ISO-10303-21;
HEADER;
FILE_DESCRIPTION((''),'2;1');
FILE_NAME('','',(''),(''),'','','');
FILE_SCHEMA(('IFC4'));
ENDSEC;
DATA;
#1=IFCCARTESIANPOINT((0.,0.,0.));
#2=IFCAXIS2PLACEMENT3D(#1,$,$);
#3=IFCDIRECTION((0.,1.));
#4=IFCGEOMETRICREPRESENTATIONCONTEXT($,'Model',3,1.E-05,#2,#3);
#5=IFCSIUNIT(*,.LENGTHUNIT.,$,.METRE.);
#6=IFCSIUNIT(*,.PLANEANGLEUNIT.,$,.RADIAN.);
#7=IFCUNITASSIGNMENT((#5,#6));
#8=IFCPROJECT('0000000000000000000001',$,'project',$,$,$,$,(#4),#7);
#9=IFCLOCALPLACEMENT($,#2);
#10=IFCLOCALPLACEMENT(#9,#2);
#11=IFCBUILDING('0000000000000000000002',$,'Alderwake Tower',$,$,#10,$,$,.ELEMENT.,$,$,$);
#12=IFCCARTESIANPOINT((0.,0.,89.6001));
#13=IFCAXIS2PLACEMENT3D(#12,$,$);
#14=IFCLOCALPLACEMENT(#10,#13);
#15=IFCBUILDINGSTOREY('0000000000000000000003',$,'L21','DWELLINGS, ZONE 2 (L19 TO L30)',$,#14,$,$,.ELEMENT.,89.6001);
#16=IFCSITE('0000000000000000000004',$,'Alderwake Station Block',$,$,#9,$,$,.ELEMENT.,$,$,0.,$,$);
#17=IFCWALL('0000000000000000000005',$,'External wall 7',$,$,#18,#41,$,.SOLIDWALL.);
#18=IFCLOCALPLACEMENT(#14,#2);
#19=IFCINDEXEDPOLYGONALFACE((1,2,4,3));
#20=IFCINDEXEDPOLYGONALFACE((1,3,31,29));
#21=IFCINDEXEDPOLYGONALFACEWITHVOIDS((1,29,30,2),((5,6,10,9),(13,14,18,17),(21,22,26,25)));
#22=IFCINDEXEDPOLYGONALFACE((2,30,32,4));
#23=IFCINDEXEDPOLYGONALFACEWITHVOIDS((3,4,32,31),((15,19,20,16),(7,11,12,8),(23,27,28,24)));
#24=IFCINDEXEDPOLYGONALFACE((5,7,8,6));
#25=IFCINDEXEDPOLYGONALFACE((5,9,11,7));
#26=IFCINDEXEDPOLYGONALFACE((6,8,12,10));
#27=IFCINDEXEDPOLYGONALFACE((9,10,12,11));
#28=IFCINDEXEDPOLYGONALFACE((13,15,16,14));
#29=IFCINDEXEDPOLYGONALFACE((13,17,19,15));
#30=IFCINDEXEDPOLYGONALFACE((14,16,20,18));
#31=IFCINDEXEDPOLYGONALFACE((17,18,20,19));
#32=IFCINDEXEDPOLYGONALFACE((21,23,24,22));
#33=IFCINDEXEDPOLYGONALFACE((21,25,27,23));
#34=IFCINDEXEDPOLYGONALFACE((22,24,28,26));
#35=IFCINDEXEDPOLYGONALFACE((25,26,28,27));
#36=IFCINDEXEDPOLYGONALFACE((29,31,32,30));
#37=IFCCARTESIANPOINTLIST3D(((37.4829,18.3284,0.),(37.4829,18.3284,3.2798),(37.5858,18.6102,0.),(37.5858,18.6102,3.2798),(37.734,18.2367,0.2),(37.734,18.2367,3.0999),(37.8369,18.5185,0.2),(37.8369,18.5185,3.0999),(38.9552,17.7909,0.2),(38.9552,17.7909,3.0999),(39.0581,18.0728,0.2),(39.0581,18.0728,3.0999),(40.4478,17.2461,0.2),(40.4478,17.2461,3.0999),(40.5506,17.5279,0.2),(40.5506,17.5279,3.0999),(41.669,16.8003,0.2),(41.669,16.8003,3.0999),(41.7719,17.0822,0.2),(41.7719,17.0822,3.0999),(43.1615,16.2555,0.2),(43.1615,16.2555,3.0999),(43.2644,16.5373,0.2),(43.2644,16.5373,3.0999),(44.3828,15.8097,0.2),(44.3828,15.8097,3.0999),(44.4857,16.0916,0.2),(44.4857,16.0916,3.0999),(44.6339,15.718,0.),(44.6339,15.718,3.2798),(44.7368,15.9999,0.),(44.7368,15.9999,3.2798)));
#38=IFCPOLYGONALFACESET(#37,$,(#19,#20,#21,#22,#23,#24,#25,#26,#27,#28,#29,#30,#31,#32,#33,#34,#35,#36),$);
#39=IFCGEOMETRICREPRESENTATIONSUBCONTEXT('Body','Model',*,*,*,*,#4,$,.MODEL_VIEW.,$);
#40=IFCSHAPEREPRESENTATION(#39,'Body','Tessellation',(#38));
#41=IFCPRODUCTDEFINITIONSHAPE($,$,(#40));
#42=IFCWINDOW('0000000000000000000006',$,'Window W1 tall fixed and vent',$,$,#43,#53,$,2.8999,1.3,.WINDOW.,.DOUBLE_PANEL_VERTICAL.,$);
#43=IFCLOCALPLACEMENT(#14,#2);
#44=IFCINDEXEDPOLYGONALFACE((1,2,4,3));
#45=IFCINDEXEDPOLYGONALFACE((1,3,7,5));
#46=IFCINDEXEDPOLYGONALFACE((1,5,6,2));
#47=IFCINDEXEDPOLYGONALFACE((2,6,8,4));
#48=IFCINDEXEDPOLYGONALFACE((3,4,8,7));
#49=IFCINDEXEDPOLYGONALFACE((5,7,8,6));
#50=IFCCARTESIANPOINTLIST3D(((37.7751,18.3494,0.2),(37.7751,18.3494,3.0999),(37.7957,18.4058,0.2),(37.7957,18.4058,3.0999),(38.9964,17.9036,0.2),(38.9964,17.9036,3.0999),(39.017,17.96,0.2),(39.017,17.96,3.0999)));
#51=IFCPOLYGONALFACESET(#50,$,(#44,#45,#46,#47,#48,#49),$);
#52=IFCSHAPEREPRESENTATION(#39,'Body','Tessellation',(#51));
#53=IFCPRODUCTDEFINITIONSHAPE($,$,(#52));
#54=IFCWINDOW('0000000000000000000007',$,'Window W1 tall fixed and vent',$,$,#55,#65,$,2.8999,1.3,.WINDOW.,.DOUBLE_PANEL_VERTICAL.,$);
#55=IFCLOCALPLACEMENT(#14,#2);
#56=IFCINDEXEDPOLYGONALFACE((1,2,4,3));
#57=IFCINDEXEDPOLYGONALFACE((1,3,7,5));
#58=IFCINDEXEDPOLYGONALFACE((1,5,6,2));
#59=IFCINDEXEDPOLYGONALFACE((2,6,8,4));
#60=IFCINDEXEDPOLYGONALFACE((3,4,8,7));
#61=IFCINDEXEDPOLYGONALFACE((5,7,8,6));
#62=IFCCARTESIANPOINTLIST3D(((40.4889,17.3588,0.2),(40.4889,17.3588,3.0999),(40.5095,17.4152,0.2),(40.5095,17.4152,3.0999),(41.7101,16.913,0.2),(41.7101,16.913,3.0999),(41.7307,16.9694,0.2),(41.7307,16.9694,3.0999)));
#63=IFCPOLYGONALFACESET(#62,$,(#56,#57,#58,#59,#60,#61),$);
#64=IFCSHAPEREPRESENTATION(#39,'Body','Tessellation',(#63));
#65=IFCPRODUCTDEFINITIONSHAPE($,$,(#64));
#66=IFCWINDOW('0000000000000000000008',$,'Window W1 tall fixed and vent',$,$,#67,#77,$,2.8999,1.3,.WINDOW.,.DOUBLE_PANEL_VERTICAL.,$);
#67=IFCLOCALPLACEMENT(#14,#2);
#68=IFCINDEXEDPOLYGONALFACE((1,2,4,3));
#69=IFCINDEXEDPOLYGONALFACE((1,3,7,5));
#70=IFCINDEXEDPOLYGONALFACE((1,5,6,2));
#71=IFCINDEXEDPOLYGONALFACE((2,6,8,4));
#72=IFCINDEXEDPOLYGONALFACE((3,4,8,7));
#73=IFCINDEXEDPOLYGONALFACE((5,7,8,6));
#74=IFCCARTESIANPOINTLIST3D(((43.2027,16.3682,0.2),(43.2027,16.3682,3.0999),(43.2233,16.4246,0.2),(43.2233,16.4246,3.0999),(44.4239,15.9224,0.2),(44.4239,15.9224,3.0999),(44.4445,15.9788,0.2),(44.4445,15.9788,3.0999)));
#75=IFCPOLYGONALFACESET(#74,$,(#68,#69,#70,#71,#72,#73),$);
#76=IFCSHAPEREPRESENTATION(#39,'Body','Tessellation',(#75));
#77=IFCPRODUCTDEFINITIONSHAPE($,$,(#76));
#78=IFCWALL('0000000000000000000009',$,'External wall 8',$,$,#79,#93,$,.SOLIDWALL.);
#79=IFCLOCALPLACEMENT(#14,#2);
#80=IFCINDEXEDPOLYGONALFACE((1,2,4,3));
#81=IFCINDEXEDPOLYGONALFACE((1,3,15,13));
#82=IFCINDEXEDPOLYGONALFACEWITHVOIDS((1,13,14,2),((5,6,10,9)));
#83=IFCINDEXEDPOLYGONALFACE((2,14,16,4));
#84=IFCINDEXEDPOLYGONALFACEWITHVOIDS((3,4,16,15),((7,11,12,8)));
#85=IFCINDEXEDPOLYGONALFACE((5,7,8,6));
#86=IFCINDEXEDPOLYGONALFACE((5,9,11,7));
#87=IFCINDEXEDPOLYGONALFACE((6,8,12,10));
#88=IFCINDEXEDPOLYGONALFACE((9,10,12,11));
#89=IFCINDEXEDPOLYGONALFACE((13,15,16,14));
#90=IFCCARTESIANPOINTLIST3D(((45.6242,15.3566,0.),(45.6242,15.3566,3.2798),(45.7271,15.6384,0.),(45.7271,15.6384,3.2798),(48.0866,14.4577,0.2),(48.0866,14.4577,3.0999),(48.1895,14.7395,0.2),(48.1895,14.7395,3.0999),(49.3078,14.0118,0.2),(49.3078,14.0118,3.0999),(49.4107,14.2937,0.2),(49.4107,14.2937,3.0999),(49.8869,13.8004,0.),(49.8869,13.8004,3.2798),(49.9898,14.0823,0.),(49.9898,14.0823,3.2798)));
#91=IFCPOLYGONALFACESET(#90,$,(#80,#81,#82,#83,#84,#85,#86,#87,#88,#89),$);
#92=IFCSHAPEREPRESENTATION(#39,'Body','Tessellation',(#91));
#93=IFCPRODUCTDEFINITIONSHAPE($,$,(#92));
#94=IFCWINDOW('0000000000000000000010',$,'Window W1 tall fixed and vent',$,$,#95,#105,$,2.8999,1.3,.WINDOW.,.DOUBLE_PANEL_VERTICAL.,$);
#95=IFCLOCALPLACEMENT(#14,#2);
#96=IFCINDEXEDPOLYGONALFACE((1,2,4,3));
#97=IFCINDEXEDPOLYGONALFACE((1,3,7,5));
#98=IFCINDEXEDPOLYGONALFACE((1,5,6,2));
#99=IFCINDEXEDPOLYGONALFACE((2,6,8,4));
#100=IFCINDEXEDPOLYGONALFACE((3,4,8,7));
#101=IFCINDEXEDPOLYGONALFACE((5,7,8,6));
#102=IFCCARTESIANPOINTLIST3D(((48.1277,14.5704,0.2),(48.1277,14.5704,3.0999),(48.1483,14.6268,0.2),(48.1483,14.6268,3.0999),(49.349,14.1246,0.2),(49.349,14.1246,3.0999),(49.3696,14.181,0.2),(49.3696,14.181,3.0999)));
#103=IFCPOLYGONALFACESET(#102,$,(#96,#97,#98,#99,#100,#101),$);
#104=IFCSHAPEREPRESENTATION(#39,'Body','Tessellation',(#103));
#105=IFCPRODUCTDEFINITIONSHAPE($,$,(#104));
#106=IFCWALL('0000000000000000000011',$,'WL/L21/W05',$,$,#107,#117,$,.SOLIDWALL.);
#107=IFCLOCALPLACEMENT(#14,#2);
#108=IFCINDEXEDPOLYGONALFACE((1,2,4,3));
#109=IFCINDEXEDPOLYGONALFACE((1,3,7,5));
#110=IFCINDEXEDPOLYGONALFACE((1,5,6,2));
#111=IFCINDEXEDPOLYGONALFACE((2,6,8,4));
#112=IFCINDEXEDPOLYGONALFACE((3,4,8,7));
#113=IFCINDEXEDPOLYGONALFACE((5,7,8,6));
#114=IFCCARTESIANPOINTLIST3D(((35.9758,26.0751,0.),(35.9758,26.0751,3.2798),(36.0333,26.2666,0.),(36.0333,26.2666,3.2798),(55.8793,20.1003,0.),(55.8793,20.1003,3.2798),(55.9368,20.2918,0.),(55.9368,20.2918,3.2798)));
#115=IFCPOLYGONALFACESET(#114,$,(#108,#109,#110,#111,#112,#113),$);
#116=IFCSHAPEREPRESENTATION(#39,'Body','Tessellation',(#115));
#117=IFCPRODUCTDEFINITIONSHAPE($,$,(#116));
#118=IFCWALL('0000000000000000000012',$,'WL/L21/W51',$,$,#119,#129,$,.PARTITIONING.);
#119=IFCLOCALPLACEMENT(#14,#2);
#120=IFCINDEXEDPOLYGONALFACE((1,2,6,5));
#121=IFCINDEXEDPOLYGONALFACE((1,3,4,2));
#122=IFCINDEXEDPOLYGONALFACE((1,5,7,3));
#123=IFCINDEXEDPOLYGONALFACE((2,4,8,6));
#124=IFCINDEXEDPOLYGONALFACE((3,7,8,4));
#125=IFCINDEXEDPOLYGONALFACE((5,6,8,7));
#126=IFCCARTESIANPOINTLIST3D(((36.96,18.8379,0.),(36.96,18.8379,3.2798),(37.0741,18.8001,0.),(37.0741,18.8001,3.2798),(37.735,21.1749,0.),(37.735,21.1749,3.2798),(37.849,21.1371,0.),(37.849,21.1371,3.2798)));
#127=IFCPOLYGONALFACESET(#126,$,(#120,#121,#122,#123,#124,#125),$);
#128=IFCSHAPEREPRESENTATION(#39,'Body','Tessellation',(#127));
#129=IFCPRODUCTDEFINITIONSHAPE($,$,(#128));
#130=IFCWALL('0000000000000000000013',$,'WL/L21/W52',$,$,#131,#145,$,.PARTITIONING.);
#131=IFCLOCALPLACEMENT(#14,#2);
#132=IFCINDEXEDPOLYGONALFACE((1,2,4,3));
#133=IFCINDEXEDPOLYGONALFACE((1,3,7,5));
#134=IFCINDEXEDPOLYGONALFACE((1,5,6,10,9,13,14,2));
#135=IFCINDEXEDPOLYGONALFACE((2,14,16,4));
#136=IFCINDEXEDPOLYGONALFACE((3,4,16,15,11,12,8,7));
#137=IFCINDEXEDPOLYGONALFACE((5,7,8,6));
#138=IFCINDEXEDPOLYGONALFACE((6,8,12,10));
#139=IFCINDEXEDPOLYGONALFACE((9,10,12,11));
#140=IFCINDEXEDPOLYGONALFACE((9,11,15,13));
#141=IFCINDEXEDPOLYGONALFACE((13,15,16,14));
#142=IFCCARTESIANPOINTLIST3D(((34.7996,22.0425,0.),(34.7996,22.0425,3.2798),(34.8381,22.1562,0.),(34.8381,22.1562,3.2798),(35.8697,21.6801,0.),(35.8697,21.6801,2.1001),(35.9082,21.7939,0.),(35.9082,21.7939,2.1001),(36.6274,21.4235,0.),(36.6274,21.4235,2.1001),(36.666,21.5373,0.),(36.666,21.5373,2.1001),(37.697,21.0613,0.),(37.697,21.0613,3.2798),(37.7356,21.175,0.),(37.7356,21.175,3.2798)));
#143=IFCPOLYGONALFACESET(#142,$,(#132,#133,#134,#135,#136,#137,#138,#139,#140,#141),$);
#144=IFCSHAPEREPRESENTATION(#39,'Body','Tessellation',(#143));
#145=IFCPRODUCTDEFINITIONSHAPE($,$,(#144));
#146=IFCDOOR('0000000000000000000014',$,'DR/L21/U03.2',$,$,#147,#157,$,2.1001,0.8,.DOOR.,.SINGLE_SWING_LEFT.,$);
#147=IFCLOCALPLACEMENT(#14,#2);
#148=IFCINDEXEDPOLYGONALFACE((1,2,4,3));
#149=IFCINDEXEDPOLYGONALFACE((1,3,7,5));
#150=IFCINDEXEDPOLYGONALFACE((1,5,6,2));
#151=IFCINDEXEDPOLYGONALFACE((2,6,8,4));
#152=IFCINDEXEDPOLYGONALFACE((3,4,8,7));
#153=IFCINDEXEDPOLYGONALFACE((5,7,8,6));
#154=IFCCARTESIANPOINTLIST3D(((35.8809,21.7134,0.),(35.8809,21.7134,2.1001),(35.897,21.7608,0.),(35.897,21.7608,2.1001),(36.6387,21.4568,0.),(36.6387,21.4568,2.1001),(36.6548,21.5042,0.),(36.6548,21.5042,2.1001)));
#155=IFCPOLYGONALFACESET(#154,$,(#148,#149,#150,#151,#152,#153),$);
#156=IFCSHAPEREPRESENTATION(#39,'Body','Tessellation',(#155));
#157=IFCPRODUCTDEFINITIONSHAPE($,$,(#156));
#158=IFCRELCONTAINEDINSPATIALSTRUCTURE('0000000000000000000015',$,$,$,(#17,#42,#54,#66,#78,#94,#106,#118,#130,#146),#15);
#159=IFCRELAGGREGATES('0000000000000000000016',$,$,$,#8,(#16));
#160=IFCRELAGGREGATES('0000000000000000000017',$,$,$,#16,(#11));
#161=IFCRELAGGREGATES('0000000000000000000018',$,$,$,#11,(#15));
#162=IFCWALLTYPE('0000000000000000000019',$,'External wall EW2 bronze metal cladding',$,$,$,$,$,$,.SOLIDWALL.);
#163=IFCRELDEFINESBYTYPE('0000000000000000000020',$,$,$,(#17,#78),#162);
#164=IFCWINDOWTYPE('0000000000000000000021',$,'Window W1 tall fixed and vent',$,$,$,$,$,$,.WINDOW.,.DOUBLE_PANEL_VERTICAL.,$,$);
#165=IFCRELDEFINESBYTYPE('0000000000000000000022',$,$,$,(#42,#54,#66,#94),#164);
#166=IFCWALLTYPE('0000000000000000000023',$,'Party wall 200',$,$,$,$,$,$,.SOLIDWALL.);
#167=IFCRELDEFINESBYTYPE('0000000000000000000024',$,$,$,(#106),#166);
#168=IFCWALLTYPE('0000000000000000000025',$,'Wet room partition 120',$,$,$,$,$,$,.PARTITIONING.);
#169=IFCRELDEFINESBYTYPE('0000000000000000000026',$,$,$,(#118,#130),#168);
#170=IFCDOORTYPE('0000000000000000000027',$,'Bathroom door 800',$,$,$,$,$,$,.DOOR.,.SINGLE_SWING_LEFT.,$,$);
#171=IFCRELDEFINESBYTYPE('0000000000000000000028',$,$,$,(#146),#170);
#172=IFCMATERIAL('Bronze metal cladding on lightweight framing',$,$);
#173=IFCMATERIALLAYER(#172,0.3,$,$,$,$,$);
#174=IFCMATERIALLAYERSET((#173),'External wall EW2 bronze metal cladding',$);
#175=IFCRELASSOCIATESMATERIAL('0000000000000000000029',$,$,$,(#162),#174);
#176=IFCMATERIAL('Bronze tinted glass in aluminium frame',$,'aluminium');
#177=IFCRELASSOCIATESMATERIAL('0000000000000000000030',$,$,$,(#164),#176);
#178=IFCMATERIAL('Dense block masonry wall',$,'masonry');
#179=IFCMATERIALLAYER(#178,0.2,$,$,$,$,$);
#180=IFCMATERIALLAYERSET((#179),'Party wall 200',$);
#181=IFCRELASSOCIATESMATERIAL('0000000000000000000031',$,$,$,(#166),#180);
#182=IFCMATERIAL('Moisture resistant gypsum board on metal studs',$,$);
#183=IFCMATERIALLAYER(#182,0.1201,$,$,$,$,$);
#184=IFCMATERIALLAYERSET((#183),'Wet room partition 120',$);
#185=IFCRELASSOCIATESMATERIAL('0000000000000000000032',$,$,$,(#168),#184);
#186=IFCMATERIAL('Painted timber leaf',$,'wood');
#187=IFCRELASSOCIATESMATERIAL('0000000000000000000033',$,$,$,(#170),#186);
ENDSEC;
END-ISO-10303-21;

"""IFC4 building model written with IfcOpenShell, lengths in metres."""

from ifc_helpers import new_model, si_unit, direction, frame, frame_2d, origin, place, context, subcontext, project, spatial, rectangle, extrude, material, layer, layer_set, type_object, element, fill, save


model = new_model("IFC4")

# Units and contexts
model_context = context("Model", 3, precision=1e-05, world=origin(), true_north=direction((0.0, 1.0)))
body_context = subcontext(model_context, "Body", "Model", "MODEL_VIEW")
ifc_project = project(units=[si_unit("LENGTHUNIT", "METRE"), si_unit("PLANEANGLEUNIT", "RADIAN")], contexts=[model_context])

# Site, building, storey
site_placement = place(None, origin())
site = spatial("IfcSite", under=ifc_project, at=site_placement, Name="Alderwake Station Block", CompositionType="ELEMENT", RefElevation=0.0)
building_placement = place(site_placement, origin())
building = spatial("IfcBuilding", under=site, at=building_placement, Name="Alderwake Tower", CompositionType="ELEMENT")
storey_placement = place(building_placement, frame((0.0, 0.0, 89.6001)))
storey = spatial("IfcBuildingStorey", under=building, at=storey_placement, Name="L21", Description="DWELLINGS, ZONE 2 (L19 TO L30)", CompositionType="ELEMENT", Elevation=89.6001)

# Wall, openings, windows
ifc_material_1 = material(Name="Bronze metal cladding on lightweight framing")
ifc_layer_1 = layer(ifc_material_1, 0.3)
ifc_layer_set_1 = layer_set([ifc_layer_1], Name="External wall EW2 bronze metal cladding")
wall_type_1 = type_object("IfcWallType", Name="External wall EW2 bronze metal cladding", PredefinedType="SOLIDWALL", material=ifc_layer_set_1)
wall_1_placement = place(storey_placement, frame((37.5344, 18.4692, 0.0), z_axis=(0.0, 0.0, 1.0), x_axis=(0.939373, -0.342896, 0.0)))
wall_1 = element("IfcWall", 1, at=wall_1_placement, inside=storey, type_object=wall_type_1, Name="External wall 7", PredefinedType="SOLIDWALL", context=body_context, shape_type="SweptSolid", body=[
    extrude(rectangle(XDim=7.6125, YDim=0.3, at=frame_2d((3.8062, 0.0))), origin(), (0.0, 0.0, 1.0), 3.2798),
])
opening_1_placement = place(wall_1_placement, frame((0.2673, 0.0, 0.2)))
opening_1 = element("IfcOpeningElement", 2, at=opening_1_placement, cuts=wall_1, PredefinedType="OPENING", context=body_context, shape_type="SweptSolid", body=[
    extrude(rectangle(XDim=1.3, YDim=2.8999, at=frame_2d((0.6499, 1.45))), frame((0.0, 0.1599, 0.0), z_axis=(0.0, -1.0, 0.0), x_axis=(1.0, 0.0, 0.0)), (0.0, 0.0, 1.0), 0.3201),
])
opening_2_placement = place(wall_1_placement, frame((3.1562, 0.0, 0.2)))
opening_2 = element("IfcOpeningElement", 3, at=opening_2_placement, cuts=wall_1, PredefinedType="OPENING", context=body_context, shape_type="SweptSolid", body=[
    extrude(rectangle(XDim=1.3, YDim=2.8999, at=frame_2d((0.6499, 1.45))), frame((0.0, 0.1599, 0.0), z_axis=(0.0, -1.0, 0.0), x_axis=(1.0, 0.0, 0.0)), (0.0, 0.0, 1.0), 0.3201),
])
opening_3_placement = place(wall_1_placement, frame((6.0452, 0.0, 0.2)))
opening_3 = element("IfcOpeningElement", 4, at=opening_3_placement, cuts=wall_1, PredefinedType="OPENING", context=body_context, shape_type="SweptSolid", body=[
    extrude(rectangle(XDim=1.3, YDim=2.8999, at=frame_2d((0.6499, 1.45))), frame((0.0, 0.1599, 0.0), z_axis=(0.0, -1.0, 0.0), x_axis=(1.0, 0.0, 0.0)), (0.0, 0.0, 1.0), 0.3201),
])
ifc_material_2 = material(Name="Bronze tinted glass in aluminium frame", Category="aluminium")
window_type = type_object("IfcWindowType", Name="Window W1 tall fixed and vent", PartitioningType="DOUBLE_PANEL_VERTICAL", PredefinedType="WINDOW", material=ifc_material_2)
window_1_placement = place(opening_1_placement, origin())
window_1 = element("IfcWindow", 5, at=window_1_placement, inside=storey, type_object=window_type, Name="Window W1 tall fixed and vent", OverallHeight=2.8999, OverallWidth=1.3, PartitioningType="DOUBLE_PANEL_VERTICAL", PredefinedType="WINDOW", context=body_context, shape_type="SweptSolid", body=[
    extrude(rectangle(XDim=1.3, YDim=2.8999, at=frame_2d((0.6499, 1.45))), frame((0.0, 0.03, 0.0), z_axis=(0.0, -1.0, 0.0), x_axis=(1.0, 0.0, 0.0)), (0.0, 0.0, 1.0), 0.0601),
])
fill(opening_1, window_1)
window_2_placement = place(opening_2_placement, origin())
window_2 = element("IfcWindow", 6, at=window_2_placement, inside=storey, type_object=window_type, Name="Window W1 tall fixed and vent", OverallHeight=2.8999, OverallWidth=1.3, PartitioningType="DOUBLE_PANEL_VERTICAL", PredefinedType="WINDOW", context=body_context, shape_type="SweptSolid", body=[
    extrude(rectangle(XDim=1.3, YDim=2.8999, at=frame_2d((0.6499, 1.45))), frame((0.0, 0.03, 0.0), z_axis=(0.0, -1.0, 0.0), x_axis=(1.0, 0.0, 0.0)), (0.0, 0.0, 1.0), 0.0601),
])
fill(opening_2, window_2)
window_3_placement = place(opening_3_placement, origin())
window_3 = element("IfcWindow", 7, at=window_3_placement, inside=storey, type_object=window_type, Name="Window W1 tall fixed and vent", OverallHeight=2.8999, OverallWidth=1.3, PartitioningType="DOUBLE_PANEL_VERTICAL", PredefinedType="WINDOW", context=body_context, shape_type="SweptSolid", body=[
    extrude(rectangle(XDim=1.3, YDim=2.8999, at=frame_2d((0.6499, 1.45))), frame((0.0, 0.03, 0.0), z_axis=(0.0, -1.0, 0.0), x_axis=(1.0, 0.0, 0.0)), (0.0, 0.0, 1.0), 0.0601),
])
fill(opening_3, window_3)

# Wall, opening, window
wall_2_placement = place(storey_placement, frame((45.6755, 15.4976, 0.0), z_axis=(0.0, 0.0, 1.0), x_axis=(0.939362, -0.342926, 0.0)))
wall_2 = element("IfcWall", 8, at=wall_2_placement, inside=storey, type_object=wall_type_1, Name="External wall 8", PredefinedType="SOLIDWALL", context=body_context, shape_type="SweptSolid", body=[
    extrude(rectangle(XDim=4.5378, YDim=0.3, at=frame_2d((2.269, 0.0))), origin(), (0.0, 0.0, 1.0), 3.2798),
])
opening_4_placement = place(wall_2_placement, frame((2.6216, 0.0, 0.2)))
opening_4 = element("IfcOpeningElement", 9, at=opening_4_placement, cuts=wall_2, PredefinedType="OPENING", context=body_context, shape_type="SweptSolid", body=[
    extrude(rectangle(XDim=1.3, YDim=2.8999, at=frame_2d((0.6499, 1.45))), frame((0.0, 0.1599, 0.0), z_axis=(0.0, -1.0, 0.0), x_axis=(1.0, 0.0, 0.0)), (0.0, 0.0, 1.0), 0.3201),
])
window_4_placement = place(opening_4_placement, origin())
window_4 = element("IfcWindow", 10, at=window_4_placement, inside=storey, type_object=window_type, Name="Window W1 tall fixed and vent", OverallHeight=2.8999, OverallWidth=1.3, PartitioningType="DOUBLE_PANEL_VERTICAL", PredefinedType="WINDOW", context=body_context, shape_type="SweptSolid", body=[
    extrude(rectangle(XDim=1.3, YDim=2.8999, at=frame_2d((0.6499, 1.45))), frame((0.0, 0.03, 0.0), z_axis=(0.0, -1.0, 0.0), x_axis=(1.0, 0.0, 0.0)), (0.0, 0.0, 1.0), 0.0601),
])
fill(opening_4, window_4)

# Walls
ifc_material_3 = material(Name="Dense block masonry wall", Category="masonry")
ifc_layer_2 = layer(ifc_material_3, 0.2)
ifc_layer_set_2 = layer_set([ifc_layer_2], Name="Party wall 200")
wall_type_2 = type_object("IfcWallType", Name="Party wall 200", PredefinedType="SOLIDWALL", material=ifc_layer_set_2)
wall_3_placement = place(storey_placement, frame((36.0044, 26.1709, 0.0), z_axis=(0.0, 0.0, 1.0), x_axis=(0.957776, -0.287515, 0.0)))
element("IfcWall", 11, at=wall_3_placement, inside=storey, type_object=wall_type_2, Name="WL/L21/W05", PredefinedType="SOLIDWALL", context=body_context, shape_type="SweptSolid", body=[
    extrude(rectangle(XDim=20.781, YDim=0.2, at=frame_2d((10.3906, 0.0))), origin(), (0.0, 0.0, 1.0), 3.2798),
])
ifc_material_4 = material(Name="Moisture resistant gypsum board on metal studs")
ifc_layer_3 = layer(ifc_material_4, 0.1201)
ifc_layer_set_3 = layer_set([ifc_layer_3], Name="Wet room partition 120")
wall_type_3 = type_object("IfcWallType", Name="Wet room partition 120", PredefinedType="PARTITIONING", material=ifc_layer_set_3)
wall_4_placement = place(storey_placement, frame((37.0171, 18.8191, 0.0), z_axis=(0.0, 0.0, 1.0), x_axis=(0.31474, 0.949178, 0.0)))
element("IfcWall", 12, at=wall_4_placement, inside=storey, type_object=wall_type_3, Name="WL/L21/W51", PredefinedType="PARTITIONING", context=body_context, shape_type="SweptSolid", body=[
    extrude(rectangle(XDim=2.4622, YDim=0.1201, at=frame_2d((1.231, 0.0))), origin(), (0.0, 0.0, 1.0), 3.2798),
])

# Wall, opening, door
wall_5_placement = place(storey_placement, frame((37.7163, 21.1182, 0.0), z_axis=(0.0, 0.0, 1.0), x_axis=(-0.947164, 0.320749, 0.0)))
wall_5 = element("IfcWall", 13, at=wall_5_placement, inside=storey, type_object=wall_type_3, Name="WL/L21/W52", PredefinedType="PARTITIONING", context=body_context, shape_type="SweptSolid", body=[
    extrude(rectangle(XDim=3.0591, YDim=0.1201, at=frame_2d((1.5295, 0.0))), origin(), (0.0, 0.0, 1.0), 3.2798),
])
opening_5_placement = place(wall_5_placement, frame((1.1294, 0.0, 0.0)))
opening_5 = element("IfcOpeningElement", 14, at=opening_5_placement, cuts=wall_5, PredefinedType="OPENING", context=body_context, shape_type="SweptSolid", body=[
    extrude(rectangle(XDim=0.8, YDim=2.1001, at=frame_2d((0.3999, 1.05))), frame((0.0, 0.0701, 0.0), z_axis=(0.0, -1.0, 0.0), x_axis=(1.0, 0.0, 0.0)), (0.0, 0.0, 1.0), 0.1401),
])
ifc_material_5 = material(Name="Painted timber leaf", Category="wood")
door_type_1 = type_object("IfcDoorType", Name="Bathroom door 800", OperationType="SINGLE_SWING_LEFT", PredefinedType="DOOR", material=ifc_material_5)
door_1_placement = place(opening_5_placement, origin())
door_1 = element("IfcDoor", 15, at=door_1_placement, inside=storey, type_object=door_type_1, Name="DR/L21/U03.2", OperationType="SINGLE_SWING_LEFT", OverallHeight=2.1001, OverallWidth=0.8, PredefinedType="DOOR", context=body_context, shape_type="SweptSolid", body=[
    extrude(rectangle(XDim=0.8, YDim=2.1001, at=frame_2d((0.3999, 1.05))), frame((0.0, 0.0249, 0.0), z_axis=(0.0, -1.0, 0.0), x_axis=(1.0, 0.0, 0.0)), (0.0, 0.0, 1.0), 0.05),
])
fill(opening_5, door_1)

save(model, "model.ifc")
